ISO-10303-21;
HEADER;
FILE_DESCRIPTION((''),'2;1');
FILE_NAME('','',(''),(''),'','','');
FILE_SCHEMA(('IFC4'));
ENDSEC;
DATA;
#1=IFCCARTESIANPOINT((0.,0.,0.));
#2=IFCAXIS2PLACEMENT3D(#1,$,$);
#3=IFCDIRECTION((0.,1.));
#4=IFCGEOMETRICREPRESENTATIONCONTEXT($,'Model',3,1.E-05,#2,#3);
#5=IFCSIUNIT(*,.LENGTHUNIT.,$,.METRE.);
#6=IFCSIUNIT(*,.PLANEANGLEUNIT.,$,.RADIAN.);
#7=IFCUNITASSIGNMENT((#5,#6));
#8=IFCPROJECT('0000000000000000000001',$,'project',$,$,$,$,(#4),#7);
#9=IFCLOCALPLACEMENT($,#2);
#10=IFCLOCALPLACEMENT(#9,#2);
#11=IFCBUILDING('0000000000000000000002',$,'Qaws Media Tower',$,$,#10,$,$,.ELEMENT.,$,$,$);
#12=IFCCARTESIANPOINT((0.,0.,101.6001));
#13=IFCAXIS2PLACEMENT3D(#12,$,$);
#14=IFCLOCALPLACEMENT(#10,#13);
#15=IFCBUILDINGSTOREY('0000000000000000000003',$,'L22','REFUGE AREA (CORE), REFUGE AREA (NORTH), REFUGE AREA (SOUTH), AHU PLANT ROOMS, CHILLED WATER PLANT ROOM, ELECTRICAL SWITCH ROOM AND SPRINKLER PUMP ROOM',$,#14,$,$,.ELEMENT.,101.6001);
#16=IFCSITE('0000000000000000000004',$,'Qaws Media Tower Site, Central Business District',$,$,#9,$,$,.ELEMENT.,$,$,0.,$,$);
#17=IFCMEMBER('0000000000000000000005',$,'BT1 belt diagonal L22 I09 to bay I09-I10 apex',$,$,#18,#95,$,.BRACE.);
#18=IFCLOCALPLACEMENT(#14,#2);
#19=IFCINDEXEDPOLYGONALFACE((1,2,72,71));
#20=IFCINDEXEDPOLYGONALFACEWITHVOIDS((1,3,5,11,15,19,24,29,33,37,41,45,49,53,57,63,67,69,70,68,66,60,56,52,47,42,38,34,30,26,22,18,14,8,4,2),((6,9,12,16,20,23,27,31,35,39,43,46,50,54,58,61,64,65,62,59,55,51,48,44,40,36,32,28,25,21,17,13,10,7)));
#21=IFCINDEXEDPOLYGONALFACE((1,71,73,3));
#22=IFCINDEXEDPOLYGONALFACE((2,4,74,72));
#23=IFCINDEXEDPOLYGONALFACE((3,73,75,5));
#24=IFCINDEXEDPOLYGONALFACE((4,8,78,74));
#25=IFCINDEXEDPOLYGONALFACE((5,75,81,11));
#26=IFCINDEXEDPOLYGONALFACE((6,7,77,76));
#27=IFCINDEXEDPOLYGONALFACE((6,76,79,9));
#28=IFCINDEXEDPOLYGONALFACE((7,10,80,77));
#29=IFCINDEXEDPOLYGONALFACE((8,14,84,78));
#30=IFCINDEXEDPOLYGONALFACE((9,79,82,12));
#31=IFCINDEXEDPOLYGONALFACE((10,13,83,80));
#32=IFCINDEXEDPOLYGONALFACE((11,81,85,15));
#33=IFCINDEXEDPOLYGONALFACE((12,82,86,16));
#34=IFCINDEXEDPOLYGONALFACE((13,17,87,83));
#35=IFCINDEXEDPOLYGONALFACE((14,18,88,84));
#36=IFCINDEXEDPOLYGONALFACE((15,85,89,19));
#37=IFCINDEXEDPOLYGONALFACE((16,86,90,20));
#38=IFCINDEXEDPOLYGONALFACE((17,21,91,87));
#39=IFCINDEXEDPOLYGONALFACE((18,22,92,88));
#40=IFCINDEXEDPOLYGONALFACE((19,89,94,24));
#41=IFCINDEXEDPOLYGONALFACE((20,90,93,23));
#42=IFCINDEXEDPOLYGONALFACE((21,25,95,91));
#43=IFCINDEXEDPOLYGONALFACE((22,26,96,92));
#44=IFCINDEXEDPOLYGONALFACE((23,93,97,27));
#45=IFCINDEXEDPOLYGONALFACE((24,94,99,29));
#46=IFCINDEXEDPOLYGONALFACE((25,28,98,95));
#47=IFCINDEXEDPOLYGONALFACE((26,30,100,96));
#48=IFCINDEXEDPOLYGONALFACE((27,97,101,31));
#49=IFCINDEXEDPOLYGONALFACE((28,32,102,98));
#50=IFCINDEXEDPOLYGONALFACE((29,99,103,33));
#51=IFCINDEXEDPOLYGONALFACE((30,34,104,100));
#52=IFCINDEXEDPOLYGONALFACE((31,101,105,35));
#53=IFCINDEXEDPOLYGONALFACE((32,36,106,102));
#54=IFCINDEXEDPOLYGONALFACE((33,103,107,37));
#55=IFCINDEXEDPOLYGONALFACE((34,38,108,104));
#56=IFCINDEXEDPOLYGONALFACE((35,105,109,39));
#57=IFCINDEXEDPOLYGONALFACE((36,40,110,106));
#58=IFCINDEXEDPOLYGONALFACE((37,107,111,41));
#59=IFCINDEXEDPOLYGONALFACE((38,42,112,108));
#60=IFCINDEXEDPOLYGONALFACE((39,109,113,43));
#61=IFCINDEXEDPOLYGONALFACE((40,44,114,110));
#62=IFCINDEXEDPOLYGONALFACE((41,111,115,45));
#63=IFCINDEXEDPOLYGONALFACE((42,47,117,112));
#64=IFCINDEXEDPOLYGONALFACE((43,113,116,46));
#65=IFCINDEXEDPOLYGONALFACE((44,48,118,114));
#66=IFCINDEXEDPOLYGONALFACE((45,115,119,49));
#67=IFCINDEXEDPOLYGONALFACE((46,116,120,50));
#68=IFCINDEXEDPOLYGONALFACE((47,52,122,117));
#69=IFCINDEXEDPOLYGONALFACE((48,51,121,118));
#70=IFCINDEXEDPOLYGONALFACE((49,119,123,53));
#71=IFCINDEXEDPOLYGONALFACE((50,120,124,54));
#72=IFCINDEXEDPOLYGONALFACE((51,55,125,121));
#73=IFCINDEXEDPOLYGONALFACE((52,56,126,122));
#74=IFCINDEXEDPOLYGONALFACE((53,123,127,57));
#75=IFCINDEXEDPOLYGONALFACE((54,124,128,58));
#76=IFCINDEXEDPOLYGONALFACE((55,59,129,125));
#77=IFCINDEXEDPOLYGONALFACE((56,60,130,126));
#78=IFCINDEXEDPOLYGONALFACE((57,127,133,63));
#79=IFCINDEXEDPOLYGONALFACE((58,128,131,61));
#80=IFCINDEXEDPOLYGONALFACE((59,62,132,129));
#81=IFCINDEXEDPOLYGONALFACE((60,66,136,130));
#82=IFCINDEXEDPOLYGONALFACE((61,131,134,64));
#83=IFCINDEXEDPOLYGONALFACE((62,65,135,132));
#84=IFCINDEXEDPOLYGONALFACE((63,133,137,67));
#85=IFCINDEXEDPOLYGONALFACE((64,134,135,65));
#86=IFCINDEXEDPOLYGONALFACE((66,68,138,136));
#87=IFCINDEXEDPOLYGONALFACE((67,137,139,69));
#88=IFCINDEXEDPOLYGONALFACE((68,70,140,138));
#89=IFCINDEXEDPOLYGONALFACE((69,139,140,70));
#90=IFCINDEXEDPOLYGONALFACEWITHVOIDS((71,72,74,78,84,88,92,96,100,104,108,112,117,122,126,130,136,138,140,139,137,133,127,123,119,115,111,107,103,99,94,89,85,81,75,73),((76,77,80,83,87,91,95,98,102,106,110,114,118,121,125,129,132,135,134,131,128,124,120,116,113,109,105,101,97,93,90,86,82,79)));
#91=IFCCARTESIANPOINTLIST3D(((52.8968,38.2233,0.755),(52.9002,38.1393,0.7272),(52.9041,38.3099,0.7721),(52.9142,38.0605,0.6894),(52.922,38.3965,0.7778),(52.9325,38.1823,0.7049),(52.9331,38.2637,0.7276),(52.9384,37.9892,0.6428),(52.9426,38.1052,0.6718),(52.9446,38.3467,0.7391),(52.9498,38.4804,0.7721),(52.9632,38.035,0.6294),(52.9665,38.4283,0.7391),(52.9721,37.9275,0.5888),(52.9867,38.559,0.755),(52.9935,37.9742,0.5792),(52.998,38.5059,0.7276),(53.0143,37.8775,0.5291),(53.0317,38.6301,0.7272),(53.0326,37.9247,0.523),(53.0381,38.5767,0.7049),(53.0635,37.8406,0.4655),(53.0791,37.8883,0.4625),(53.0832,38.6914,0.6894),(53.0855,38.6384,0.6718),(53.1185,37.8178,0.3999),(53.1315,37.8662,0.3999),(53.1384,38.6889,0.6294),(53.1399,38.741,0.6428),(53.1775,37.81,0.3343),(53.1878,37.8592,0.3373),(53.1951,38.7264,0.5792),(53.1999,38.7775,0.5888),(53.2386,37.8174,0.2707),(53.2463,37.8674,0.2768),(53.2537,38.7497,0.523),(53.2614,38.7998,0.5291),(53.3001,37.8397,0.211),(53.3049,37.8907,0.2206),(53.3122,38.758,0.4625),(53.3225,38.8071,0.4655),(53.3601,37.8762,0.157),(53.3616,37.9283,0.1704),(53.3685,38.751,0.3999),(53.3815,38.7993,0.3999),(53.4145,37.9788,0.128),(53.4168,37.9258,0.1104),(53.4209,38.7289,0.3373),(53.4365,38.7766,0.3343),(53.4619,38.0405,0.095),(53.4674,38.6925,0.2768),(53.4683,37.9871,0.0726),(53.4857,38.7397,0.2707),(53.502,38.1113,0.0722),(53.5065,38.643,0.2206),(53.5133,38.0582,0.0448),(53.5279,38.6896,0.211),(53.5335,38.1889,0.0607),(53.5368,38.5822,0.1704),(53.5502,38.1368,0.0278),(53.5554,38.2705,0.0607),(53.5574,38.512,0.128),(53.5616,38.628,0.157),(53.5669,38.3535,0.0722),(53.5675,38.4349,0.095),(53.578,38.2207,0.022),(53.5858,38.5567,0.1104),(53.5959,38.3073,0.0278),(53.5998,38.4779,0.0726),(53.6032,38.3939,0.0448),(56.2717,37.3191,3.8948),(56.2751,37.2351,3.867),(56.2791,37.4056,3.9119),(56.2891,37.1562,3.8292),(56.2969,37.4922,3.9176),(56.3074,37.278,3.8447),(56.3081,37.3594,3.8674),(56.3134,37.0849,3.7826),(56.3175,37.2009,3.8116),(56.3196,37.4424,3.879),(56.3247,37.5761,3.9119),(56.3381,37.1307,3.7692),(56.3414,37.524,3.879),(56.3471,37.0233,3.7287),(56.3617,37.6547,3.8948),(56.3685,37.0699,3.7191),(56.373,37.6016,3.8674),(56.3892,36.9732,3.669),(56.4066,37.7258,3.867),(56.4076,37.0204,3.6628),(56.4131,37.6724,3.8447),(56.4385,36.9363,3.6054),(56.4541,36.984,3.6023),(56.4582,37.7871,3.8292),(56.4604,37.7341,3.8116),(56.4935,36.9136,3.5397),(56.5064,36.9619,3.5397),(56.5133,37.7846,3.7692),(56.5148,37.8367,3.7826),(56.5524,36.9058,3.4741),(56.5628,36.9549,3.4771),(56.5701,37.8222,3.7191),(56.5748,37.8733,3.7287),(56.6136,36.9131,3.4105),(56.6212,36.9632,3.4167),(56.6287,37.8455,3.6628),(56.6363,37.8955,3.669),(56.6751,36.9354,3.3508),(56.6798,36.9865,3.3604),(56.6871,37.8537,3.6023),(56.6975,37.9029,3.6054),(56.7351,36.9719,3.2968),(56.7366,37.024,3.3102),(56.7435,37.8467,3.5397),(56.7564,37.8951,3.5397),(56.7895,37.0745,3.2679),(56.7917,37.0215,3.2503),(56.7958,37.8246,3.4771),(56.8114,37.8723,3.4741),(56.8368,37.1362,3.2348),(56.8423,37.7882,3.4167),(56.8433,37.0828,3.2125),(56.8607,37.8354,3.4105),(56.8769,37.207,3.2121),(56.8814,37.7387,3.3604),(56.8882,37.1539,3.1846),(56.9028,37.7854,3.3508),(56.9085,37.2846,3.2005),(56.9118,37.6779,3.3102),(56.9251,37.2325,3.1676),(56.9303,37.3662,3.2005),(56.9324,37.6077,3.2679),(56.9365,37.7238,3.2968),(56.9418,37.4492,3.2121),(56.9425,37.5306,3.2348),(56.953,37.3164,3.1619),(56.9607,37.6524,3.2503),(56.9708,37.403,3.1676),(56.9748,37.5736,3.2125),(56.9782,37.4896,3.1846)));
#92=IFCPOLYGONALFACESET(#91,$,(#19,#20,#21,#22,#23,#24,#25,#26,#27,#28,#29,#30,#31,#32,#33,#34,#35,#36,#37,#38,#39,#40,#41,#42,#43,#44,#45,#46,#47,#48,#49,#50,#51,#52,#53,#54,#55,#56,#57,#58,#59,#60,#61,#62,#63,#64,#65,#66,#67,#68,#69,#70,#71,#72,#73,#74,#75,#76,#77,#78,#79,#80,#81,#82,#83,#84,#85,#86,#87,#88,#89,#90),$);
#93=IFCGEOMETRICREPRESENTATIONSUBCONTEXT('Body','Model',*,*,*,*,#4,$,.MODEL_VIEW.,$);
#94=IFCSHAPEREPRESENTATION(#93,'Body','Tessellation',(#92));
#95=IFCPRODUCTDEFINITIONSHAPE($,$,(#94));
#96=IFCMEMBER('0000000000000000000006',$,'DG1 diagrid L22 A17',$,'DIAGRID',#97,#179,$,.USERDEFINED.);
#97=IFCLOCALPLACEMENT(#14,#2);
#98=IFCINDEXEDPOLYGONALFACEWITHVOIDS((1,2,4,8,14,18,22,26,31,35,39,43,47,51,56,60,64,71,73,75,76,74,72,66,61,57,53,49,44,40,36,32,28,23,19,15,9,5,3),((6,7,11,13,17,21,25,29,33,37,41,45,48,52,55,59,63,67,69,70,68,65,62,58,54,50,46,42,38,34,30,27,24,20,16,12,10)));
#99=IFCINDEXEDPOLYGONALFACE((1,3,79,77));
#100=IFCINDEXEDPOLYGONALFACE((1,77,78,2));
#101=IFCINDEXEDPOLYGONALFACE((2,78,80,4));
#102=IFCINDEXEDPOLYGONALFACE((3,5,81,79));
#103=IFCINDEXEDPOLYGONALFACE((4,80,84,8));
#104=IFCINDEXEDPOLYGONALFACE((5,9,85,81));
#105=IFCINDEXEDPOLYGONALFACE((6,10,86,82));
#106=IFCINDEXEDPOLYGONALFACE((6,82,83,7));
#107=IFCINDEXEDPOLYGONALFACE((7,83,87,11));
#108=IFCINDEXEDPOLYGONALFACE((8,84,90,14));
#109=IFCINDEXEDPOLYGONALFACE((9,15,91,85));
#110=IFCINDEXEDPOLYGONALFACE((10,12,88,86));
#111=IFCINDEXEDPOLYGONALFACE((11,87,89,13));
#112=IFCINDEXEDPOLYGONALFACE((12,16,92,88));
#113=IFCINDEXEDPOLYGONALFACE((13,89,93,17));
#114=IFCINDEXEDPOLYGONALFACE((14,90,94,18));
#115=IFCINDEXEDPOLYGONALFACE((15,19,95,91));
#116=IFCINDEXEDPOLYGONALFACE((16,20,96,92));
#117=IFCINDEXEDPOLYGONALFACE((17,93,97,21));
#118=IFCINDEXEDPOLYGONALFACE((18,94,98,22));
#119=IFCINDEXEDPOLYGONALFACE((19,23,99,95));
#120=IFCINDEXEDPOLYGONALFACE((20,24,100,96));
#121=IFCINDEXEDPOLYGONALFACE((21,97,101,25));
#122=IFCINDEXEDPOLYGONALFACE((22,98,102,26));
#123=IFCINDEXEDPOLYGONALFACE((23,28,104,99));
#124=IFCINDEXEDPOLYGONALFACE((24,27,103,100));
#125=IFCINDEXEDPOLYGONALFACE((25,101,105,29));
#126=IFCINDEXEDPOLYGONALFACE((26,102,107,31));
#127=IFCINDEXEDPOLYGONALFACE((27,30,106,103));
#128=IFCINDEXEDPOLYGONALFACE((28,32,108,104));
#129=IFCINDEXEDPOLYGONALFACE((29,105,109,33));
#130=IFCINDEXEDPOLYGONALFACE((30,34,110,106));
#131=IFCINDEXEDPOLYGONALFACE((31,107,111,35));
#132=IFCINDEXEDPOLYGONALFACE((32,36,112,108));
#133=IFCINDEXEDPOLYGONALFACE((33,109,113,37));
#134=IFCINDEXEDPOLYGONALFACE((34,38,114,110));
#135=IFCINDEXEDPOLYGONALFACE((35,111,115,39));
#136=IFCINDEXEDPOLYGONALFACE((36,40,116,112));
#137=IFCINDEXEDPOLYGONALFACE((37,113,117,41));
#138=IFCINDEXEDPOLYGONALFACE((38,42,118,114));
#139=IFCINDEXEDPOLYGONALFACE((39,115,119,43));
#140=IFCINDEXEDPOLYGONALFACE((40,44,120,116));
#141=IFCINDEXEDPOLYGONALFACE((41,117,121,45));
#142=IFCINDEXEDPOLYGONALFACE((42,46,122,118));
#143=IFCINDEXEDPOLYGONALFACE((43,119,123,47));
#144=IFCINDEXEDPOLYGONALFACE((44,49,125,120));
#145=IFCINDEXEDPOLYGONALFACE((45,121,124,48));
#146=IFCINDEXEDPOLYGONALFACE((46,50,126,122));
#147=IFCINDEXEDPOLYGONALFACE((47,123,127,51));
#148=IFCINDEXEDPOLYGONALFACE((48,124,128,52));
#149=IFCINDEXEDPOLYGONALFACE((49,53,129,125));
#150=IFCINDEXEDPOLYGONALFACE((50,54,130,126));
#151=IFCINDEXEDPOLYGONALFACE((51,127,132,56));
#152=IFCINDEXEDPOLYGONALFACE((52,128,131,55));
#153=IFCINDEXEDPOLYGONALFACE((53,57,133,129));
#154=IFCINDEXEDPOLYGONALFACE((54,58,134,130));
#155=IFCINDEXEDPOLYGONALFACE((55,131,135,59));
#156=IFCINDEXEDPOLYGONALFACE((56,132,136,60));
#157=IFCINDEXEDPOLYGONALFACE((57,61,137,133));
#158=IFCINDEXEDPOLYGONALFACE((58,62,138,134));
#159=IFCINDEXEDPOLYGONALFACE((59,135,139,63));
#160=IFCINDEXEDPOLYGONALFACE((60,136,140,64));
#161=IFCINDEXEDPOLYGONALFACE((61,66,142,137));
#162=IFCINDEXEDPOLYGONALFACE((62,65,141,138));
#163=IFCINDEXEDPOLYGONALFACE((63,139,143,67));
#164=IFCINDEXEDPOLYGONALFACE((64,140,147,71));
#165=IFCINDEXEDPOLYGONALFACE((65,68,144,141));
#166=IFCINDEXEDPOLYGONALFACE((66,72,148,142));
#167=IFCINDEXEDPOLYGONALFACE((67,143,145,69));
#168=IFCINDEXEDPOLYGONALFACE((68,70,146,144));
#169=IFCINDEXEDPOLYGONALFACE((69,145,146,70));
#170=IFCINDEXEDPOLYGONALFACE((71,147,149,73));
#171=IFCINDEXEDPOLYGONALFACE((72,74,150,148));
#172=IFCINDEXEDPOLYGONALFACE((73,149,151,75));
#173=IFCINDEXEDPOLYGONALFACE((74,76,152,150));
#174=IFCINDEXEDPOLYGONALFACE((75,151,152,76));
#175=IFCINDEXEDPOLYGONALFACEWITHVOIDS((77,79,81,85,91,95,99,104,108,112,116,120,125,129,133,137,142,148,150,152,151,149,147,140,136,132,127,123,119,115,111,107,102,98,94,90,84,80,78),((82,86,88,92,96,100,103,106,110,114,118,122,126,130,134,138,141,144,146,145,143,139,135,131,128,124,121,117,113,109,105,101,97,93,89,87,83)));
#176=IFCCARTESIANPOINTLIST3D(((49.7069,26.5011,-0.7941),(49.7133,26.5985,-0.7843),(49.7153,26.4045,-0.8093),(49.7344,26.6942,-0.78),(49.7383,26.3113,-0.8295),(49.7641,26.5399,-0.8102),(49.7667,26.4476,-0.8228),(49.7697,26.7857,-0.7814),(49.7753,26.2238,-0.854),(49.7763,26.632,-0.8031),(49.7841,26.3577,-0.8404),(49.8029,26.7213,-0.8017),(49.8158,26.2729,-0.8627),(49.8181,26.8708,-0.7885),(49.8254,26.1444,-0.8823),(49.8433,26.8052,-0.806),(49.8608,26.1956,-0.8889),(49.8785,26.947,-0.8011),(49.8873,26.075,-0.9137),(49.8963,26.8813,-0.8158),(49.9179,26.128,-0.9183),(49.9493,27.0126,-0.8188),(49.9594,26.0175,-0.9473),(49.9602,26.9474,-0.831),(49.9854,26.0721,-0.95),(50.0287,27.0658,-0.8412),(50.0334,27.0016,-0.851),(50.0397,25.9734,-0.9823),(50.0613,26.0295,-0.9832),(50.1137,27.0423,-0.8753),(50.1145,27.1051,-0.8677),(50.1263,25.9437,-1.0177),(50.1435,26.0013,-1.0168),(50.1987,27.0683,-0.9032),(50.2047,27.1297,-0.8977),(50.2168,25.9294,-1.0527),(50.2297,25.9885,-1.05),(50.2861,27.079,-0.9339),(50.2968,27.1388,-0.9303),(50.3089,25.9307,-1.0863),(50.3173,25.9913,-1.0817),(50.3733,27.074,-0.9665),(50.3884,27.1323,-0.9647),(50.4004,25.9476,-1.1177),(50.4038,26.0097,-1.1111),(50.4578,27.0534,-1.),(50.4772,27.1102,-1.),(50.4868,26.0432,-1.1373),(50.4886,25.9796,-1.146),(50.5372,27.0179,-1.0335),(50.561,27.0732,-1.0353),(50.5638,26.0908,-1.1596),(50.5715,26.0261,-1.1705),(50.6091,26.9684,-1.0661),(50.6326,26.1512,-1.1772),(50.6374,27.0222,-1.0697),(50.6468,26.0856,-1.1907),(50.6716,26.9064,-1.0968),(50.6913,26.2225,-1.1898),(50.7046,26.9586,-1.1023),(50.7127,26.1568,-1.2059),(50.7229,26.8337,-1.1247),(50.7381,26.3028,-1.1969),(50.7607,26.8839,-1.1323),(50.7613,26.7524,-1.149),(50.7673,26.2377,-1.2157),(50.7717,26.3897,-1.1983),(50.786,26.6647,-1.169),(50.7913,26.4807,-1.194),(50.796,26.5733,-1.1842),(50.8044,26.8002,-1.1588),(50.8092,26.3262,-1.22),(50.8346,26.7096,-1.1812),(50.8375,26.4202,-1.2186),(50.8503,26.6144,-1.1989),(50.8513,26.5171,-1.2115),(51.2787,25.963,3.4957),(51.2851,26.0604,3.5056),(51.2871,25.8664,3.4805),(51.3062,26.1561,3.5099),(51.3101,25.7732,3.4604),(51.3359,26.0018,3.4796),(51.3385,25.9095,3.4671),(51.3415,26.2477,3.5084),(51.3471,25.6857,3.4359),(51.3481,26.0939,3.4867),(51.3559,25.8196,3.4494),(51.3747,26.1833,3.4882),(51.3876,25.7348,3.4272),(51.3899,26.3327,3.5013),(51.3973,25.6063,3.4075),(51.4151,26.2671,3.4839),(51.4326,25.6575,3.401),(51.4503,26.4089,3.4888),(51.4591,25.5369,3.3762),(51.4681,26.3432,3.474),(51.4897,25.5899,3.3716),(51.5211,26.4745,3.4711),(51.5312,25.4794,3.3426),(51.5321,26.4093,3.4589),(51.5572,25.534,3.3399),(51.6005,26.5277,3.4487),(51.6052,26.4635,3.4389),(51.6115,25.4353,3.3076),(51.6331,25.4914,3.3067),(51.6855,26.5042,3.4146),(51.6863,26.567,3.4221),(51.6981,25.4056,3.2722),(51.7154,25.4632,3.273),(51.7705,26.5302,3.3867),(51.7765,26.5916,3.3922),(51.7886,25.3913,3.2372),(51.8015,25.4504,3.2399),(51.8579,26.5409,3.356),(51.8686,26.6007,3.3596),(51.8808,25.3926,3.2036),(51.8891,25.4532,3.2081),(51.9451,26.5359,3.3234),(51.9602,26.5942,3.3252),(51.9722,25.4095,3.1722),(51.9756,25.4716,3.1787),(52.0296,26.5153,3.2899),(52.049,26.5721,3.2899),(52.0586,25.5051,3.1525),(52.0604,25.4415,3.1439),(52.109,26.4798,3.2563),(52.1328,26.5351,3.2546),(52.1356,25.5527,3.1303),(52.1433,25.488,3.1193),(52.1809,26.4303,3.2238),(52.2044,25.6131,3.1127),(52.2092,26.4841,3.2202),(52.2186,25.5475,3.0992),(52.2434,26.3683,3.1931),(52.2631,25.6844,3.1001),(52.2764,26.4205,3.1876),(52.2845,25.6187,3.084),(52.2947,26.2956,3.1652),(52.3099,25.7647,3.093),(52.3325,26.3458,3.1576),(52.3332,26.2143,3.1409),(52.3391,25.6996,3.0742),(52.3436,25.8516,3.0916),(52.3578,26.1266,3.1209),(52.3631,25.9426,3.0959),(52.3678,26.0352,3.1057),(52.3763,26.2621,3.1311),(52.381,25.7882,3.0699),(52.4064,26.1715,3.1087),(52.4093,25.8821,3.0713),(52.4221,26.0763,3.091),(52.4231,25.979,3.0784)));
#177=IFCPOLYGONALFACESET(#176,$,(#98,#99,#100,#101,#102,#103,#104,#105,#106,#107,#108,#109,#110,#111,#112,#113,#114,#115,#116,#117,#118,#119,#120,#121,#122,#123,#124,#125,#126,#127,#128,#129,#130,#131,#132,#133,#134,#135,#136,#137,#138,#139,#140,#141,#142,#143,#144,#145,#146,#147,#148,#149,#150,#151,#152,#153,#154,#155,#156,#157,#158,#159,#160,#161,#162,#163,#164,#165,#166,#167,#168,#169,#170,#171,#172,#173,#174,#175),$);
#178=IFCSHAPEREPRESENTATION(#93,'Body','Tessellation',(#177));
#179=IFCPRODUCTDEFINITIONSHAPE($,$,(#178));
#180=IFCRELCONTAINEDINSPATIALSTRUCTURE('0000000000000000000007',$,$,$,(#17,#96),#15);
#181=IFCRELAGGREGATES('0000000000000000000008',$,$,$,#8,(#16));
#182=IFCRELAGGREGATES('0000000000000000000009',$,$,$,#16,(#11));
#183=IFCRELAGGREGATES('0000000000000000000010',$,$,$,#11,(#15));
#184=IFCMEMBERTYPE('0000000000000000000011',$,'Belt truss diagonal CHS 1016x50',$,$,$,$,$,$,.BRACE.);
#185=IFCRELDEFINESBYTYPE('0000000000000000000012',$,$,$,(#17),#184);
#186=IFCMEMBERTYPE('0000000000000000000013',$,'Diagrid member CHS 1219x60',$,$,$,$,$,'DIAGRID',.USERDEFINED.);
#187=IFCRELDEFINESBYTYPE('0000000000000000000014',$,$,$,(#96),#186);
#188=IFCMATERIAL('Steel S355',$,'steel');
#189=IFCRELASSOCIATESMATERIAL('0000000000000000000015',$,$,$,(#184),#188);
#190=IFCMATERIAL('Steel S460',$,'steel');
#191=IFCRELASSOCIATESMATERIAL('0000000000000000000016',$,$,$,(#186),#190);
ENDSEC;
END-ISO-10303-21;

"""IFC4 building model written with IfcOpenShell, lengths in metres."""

from ifc_helpers import new_model, si_unit, direction, frame, origin, origin_2d, place, context, subcontext, project, spatial, hollow_circle, extrude, material, material_profile, profile_set, type_object, element, save


model = new_model("IFC4")

# Units and contexts
model_context = context("Model", 3, precision=1e-05, world=origin(), true_north=direction((0.0, 1.0)))
body_context = subcontext(model_context, "Body", "Model", "MODEL_VIEW")
ifc_project = project(units=[si_unit("LENGTHUNIT", "METRE"), si_unit("PLANEANGLEUNIT", "RADIAN")], contexts=[model_context])

# Site, building, storey
site_placement = place(None, origin())
site = spatial("IfcSite", under=ifc_project, at=site_placement, Name="Qaws Media Tower Site, Central Business District", CompositionType="ELEMENT", RefElevation=0.0)
building_placement = place(site_placement, origin())
building = spatial("IfcBuilding", under=site, at=building_placement, Name="Qaws Media Tower", CompositionType="ELEMENT")
storey_placement = place(building_placement, frame((0.0, 0.0, 101.6001)))
storey = spatial("IfcBuildingStorey", under=building, at=storey_placement, Name="L22", Description="REFUGE AREA (CORE), REFUGE AREA (NORTH), REFUGE AREA (SOUTH), AHU PLANT ROOMS, CHILLED WATER PLANT ROOM, ELECTRICAL SWITCH ROOM AND SPRINKLER PUMP ROOM", CompositionType="ELEMENT", Elevation=101.6001)

# Members
ifc_material_1 = material(Name="Steel S355", Category="steel")
ifc_material_profile_1 = material_profile(ifc_material_1, hollow_circle(Radius=0.5081, WallThickness=0.05, at=origin_2d()), Name="CHS 1016x50")
ifc_profile_set_1 = profile_set([ifc_material_profile_1], Name="Steel S355")
member_type_1 = type_object("IfcMemberType", Name="Belt truss diagonal CHS 1016x50", PredefinedType="BRACE", material=ifc_profile_set_1)
for number, where, z_axis, x_axis, name in (
    (1, (53.25, 38.3086, 0.3999), (0.718454, -0.192503, 0.668406), (0.258811, 0.965928, 0.0), "BT1 belt diagonal L22 I09 to bay I09-I10 apex"),
):
    element("IfcMember", number, at=place(storey_placement, frame(where, z_axis=z_axis, x_axis=x_axis)), inside=storey, type_object=member_type_1, Name=name, PredefinedType="BRACE", context=body_context, shape_type="SweptSolid", body=[
        extrude(hollow_circle(Radius=0.5081, WallThickness=0.05, at=origin_2d()), origin(), (0.0, 0.0, 1.0), 4.6975),
    ])
ifc_material_2 = material(Name="Steel S460", Category="steel")
ifc_material_profile_2 = material_profile(ifc_material_2, hollow_circle(Radius=0.6096, WallThickness=0.0601, at=origin_2d()), Name="CHS 1219x60")
ifc_profile_set_2 = profile_set([ifc_material_profile_2], Name="Steel S460")
member_type_2 = type_object("IfcMemberType", Name="Diagrid member CHS 1219x60", ElementType="DIAGRID", PredefinedType="USERDEFINED", material=ifc_profile_set_2)
member_1_placement = place(storey_placement, frame((50.2798, 26.5334, -1.0), z_axis=(0.341672, -0.116969, 0.932512), x_axis=(0.323888, 0.946095, 0.0)))
element("IfcMember", 2, at=member_1_placement, inside=storey, type_object=member_type_2, Name="DG1 diagrid L22 A17", ObjectType="DIAGRID", PredefinedType="USERDEFINED", context=body_context, shape_type="SweptSolid", body=[
    extrude(hollow_circle(Radius=0.6096, WallThickness=0.0601, at=origin_2d()), origin(), (0.0, 0.0, 1.0), 4.6003),
])

save(model, "model.ifc")
